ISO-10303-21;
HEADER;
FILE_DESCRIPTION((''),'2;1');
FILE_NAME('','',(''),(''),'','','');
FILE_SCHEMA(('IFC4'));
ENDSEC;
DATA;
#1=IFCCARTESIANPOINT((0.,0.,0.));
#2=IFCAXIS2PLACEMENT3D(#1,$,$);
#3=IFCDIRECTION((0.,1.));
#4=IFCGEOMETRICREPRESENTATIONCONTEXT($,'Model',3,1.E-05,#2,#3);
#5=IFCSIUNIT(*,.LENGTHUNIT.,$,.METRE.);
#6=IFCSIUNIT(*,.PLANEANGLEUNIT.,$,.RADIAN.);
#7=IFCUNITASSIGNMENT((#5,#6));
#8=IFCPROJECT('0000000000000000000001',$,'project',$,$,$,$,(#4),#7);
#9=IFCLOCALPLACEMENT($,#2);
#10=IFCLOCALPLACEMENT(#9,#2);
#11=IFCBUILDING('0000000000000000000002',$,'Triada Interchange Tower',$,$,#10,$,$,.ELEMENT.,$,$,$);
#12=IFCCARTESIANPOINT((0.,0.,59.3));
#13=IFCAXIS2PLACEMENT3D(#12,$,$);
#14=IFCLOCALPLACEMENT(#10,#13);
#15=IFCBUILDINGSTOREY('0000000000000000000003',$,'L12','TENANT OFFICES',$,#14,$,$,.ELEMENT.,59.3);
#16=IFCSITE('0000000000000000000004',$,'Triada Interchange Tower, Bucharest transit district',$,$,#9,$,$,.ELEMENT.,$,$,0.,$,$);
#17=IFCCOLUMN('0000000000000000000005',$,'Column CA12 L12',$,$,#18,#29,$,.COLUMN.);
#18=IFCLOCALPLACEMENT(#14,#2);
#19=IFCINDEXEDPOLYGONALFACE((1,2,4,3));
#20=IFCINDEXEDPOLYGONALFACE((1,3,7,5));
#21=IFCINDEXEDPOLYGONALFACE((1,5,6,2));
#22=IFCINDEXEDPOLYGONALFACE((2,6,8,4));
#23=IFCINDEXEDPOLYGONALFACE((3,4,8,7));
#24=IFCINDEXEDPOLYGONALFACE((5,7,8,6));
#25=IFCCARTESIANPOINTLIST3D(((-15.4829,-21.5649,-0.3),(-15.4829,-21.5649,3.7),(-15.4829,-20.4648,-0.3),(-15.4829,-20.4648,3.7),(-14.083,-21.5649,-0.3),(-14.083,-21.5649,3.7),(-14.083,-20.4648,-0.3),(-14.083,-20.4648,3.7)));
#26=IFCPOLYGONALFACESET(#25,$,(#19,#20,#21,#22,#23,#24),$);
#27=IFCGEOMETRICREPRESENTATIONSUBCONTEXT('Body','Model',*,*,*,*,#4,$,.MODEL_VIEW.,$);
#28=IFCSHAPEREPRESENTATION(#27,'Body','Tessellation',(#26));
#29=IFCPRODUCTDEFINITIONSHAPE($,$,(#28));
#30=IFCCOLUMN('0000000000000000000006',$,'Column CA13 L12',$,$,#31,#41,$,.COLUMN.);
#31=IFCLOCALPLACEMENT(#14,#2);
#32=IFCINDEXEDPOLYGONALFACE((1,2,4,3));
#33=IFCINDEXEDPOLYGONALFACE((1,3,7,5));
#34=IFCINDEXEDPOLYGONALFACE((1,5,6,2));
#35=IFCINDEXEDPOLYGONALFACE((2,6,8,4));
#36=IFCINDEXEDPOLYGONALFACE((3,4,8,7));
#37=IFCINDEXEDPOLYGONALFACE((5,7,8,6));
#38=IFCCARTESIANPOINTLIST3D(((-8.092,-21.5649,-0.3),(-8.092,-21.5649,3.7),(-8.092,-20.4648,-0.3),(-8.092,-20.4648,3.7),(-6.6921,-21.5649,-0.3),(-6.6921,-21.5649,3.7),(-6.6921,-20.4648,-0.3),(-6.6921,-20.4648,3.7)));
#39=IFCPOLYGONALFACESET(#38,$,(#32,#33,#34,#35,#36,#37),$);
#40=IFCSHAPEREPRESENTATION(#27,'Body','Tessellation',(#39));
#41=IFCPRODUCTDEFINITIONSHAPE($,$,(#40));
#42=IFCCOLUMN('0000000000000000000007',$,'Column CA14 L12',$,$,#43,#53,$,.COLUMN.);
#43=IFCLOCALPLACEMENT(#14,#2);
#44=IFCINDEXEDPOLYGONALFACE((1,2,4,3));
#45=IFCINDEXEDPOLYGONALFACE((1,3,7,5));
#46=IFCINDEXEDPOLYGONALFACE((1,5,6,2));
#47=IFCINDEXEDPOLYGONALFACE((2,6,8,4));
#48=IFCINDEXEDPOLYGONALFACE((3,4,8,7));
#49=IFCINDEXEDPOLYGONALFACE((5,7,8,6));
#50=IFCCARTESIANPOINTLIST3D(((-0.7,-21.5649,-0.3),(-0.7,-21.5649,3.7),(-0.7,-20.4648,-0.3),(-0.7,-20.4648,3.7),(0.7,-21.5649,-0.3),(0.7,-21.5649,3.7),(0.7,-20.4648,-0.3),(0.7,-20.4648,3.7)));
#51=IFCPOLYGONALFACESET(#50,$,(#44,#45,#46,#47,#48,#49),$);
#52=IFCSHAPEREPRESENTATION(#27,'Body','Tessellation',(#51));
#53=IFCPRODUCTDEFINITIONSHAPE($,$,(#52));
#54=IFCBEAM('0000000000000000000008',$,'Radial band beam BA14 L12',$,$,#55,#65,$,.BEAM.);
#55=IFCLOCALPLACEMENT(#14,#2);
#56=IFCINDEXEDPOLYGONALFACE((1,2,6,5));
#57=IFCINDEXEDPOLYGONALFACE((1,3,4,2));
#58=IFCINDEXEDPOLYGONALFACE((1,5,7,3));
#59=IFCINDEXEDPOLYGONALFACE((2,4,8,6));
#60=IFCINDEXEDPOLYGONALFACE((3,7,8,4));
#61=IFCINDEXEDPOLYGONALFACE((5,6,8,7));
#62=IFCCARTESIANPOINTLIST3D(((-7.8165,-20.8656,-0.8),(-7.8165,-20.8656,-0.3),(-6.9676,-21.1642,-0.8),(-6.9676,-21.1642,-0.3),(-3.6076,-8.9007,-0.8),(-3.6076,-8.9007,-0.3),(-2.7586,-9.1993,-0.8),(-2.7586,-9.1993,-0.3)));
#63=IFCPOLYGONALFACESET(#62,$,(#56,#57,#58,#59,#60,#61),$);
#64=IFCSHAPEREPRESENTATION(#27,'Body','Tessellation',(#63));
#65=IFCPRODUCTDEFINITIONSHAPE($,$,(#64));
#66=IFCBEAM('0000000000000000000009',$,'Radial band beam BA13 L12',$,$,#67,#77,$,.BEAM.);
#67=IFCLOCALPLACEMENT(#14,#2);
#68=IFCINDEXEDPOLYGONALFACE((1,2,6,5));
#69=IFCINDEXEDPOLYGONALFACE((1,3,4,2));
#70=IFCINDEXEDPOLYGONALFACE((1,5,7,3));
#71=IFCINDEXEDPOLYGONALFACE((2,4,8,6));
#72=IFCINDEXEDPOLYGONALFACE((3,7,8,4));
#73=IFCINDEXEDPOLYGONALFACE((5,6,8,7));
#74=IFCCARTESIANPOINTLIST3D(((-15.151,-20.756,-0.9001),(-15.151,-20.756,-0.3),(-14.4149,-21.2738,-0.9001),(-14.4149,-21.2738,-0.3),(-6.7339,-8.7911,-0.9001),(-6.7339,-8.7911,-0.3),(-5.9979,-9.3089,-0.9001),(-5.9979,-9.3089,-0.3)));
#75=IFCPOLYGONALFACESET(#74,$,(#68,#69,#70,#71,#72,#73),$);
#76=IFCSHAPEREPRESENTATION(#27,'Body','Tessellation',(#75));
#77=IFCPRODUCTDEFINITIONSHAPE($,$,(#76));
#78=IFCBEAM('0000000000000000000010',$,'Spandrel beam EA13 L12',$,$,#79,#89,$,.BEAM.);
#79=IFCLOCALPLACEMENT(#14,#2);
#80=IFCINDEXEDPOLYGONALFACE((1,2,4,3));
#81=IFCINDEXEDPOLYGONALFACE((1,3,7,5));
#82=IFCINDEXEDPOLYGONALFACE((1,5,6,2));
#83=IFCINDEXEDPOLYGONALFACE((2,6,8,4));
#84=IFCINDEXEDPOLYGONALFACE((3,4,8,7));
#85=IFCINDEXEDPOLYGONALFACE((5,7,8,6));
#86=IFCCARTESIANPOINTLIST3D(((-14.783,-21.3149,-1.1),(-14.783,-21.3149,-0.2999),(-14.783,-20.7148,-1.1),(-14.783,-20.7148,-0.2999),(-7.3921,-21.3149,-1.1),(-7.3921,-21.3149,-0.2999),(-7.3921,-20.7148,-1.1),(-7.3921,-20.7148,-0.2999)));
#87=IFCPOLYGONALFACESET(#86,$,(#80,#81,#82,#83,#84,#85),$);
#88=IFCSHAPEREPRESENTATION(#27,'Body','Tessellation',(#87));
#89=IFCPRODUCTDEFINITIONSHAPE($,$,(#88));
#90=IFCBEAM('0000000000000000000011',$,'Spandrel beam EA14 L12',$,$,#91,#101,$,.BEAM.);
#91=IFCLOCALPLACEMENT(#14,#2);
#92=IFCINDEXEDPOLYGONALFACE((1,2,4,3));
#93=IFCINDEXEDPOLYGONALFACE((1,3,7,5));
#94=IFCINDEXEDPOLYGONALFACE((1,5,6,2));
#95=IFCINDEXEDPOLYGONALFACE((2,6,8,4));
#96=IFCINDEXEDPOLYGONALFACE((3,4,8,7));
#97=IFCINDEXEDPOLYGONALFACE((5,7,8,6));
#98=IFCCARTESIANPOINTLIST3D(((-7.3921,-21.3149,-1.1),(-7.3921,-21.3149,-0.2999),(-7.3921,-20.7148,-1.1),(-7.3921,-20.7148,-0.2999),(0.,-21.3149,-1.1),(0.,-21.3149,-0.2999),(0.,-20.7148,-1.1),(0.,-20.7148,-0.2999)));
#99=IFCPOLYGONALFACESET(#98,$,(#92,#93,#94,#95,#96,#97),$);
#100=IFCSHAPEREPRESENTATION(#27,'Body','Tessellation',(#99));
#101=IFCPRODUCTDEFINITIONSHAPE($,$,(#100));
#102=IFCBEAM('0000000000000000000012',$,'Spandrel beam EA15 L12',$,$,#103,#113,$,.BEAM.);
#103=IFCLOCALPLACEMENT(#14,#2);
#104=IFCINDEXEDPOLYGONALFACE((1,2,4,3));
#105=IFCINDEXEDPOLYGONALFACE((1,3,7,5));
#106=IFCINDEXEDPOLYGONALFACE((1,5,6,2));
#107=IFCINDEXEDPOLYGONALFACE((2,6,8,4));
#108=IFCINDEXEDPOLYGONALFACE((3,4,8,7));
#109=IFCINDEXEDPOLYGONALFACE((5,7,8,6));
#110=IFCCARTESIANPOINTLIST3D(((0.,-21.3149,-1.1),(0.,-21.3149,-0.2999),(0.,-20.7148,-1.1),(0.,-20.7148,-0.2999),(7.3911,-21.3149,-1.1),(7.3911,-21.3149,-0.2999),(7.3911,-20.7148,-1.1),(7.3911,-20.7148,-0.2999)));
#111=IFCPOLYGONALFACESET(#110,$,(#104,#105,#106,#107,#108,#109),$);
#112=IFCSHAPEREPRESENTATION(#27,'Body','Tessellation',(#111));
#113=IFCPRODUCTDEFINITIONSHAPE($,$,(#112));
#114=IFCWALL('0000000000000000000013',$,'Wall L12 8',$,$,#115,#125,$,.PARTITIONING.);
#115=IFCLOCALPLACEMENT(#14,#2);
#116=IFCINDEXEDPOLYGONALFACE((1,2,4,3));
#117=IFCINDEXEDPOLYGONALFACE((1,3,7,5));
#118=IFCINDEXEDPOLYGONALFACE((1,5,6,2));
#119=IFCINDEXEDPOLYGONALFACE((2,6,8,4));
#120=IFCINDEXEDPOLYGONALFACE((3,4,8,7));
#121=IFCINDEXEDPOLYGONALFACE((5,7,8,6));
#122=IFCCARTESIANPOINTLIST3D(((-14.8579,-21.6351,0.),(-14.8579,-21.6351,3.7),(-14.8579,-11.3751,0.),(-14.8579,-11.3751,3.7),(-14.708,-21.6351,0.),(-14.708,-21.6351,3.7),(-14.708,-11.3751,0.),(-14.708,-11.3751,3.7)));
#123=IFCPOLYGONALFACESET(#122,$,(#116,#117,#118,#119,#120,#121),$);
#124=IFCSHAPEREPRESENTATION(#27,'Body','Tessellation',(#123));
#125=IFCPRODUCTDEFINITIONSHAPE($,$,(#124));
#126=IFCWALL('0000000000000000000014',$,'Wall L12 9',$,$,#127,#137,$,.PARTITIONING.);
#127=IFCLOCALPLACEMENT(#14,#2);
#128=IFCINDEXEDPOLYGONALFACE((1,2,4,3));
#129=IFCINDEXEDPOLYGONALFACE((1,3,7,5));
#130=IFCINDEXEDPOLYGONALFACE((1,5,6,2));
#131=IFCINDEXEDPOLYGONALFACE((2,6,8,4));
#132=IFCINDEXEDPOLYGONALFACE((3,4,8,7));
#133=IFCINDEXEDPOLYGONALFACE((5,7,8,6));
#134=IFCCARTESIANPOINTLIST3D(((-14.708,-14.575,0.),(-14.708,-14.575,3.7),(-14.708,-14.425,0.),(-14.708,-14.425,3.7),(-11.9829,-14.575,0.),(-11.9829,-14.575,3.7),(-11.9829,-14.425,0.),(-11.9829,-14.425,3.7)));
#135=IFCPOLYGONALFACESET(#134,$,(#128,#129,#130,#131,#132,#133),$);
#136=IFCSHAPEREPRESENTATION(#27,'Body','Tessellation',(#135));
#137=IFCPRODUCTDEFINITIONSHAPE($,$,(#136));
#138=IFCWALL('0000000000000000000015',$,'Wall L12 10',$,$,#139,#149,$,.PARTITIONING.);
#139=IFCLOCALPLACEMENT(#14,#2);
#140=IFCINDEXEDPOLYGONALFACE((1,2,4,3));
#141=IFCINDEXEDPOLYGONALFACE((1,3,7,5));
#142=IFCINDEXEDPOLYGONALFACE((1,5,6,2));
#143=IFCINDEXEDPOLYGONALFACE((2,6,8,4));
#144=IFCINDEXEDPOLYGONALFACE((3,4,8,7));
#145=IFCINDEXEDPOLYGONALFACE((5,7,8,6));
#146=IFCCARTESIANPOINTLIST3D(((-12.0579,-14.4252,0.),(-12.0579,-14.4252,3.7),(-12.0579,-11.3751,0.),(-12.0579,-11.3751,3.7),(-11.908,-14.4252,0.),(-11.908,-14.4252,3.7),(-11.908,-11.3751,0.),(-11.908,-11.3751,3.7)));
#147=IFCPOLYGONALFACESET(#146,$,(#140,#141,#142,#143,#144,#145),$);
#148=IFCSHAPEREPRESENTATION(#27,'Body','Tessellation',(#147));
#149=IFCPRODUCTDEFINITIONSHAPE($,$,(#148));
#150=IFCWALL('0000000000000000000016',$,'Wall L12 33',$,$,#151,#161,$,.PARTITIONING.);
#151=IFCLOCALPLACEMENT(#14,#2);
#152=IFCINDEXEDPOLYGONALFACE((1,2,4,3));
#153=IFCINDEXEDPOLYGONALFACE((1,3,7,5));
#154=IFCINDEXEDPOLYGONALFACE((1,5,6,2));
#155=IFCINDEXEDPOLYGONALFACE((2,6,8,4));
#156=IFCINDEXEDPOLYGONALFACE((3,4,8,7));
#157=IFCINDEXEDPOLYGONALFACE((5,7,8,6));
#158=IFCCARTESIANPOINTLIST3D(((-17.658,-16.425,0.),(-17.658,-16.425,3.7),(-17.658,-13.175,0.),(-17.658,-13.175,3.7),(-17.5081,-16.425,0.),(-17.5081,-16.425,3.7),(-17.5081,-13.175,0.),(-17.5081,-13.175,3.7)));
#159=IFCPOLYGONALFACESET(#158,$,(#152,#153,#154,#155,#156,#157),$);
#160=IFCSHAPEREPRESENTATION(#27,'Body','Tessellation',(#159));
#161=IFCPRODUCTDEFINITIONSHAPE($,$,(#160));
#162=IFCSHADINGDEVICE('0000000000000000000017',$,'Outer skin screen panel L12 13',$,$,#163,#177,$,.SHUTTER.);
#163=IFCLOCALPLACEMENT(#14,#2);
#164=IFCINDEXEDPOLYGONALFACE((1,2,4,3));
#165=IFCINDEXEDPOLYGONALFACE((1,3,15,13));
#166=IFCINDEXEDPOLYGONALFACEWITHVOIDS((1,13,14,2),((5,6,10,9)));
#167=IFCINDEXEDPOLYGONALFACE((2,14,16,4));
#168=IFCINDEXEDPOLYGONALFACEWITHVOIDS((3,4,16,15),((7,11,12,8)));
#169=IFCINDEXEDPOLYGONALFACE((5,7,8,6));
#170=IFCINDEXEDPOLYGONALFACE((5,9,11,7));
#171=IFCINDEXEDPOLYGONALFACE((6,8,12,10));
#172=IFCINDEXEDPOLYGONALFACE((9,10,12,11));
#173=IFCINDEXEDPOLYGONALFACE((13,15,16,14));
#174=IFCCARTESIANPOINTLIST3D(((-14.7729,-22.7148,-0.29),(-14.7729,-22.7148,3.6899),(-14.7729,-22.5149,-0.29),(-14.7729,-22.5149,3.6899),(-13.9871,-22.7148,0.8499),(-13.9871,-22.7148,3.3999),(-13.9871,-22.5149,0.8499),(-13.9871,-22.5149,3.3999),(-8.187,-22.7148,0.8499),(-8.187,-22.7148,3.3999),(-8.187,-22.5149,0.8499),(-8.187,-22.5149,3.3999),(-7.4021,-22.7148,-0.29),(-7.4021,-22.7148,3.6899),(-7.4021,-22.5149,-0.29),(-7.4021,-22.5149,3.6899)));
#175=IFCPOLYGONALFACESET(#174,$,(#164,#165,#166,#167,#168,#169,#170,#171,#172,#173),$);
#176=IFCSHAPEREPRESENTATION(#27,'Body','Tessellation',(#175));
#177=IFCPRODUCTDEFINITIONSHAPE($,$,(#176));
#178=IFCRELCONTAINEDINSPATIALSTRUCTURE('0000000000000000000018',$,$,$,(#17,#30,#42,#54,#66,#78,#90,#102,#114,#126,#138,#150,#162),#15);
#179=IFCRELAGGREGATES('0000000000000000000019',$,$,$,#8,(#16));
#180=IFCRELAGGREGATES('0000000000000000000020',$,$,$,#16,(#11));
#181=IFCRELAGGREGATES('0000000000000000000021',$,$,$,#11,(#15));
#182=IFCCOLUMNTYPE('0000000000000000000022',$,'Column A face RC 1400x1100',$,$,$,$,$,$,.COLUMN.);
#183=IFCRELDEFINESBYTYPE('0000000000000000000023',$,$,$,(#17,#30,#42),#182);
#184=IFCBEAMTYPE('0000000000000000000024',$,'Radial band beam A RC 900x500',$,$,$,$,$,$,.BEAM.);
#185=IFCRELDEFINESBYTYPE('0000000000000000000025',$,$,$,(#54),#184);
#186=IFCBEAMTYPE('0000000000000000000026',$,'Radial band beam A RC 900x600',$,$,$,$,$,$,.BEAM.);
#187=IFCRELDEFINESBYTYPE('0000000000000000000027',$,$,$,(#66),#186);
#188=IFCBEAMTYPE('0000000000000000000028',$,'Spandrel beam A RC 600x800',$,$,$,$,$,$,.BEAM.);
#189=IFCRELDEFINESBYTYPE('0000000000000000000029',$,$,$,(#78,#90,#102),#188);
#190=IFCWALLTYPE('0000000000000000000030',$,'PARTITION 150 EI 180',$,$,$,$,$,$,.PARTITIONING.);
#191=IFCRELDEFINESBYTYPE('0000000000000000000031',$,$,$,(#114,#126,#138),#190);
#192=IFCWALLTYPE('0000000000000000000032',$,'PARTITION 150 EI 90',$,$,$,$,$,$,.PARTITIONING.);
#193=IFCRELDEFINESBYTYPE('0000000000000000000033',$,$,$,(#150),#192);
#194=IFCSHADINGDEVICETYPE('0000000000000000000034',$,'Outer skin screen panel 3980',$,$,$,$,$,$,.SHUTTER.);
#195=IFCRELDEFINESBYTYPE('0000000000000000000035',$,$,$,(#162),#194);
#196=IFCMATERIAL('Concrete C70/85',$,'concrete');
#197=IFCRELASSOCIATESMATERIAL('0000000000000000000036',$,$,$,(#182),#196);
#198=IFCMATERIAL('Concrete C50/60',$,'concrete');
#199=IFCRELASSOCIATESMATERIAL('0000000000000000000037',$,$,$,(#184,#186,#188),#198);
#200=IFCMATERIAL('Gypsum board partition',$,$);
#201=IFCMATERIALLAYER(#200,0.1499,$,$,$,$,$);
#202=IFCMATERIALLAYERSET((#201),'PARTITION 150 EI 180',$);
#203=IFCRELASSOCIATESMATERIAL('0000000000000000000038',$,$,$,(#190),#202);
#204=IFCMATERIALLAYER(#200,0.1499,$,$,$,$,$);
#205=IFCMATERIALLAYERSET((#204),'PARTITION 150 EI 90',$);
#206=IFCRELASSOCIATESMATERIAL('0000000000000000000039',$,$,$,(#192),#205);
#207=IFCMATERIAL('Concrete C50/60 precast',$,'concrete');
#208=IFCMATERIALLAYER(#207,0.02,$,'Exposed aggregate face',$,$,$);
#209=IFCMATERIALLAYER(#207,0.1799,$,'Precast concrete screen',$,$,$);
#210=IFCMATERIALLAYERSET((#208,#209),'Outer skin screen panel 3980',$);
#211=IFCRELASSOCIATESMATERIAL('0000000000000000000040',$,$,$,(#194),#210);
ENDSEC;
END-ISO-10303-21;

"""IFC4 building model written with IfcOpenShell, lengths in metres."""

from ifc_helpers import new_model, si_unit, direction, frame, frame_2d, origin, origin_2d, place, context, subcontext, project, spatial, polyline, rectangle, outline, extrude, material, layer, layer_set, material_profile, profile_set, type_object, element, save


model = new_model("IFC4")

# Units and contexts
model_context = context("Model", 3, precision=1e-05, world=origin(), true_north=direction((0.0, 1.0)))
body_context = subcontext(model_context, "Body", "Model", "MODEL_VIEW")
ifc_project = project(units=[si_unit("LENGTHUNIT", "METRE"), si_unit("PLANEANGLEUNIT", "RADIAN")], contexts=[model_context])

# Site, building, storey
site_placement = place(None, origin())
site = spatial("IfcSite", under=ifc_project, at=site_placement, Name="Triada Interchange Tower, Bucharest transit district", CompositionType="ELEMENT", RefElevation=0.0)
building_placement = place(site_placement, origin())
building = spatial("IfcBuilding", under=site, at=building_placement, Name="Triada Interchange Tower", CompositionType="ELEMENT")
storey_placement = place(building_placement, frame((0.0, 0.0, 59.3)))
storey = spatial("IfcBuildingStorey", under=building, at=storey_placement, Name="L12", Description="TENANT OFFICES", CompositionType="ELEMENT", Elevation=59.3)

# Columns
ifc_material_1 = material(Name="Concrete C70/85", Category="concrete")
ifc_material_profile_1 = material_profile(ifc_material_1, rectangle(XDim=1.3999, YDim=1.1001, at=origin_2d()), Name="RC 1400x1100")
ifc_profile_set_1 = profile_set([ifc_material_profile_1], Name="Concrete C70/85")
column_type = type_object("IfcColumnType", Name="Column A face RC 1400x1100", PredefinedType="COLUMN", material=ifc_profile_set_1)
for number, where, z_axis, x_axis, name in (
    (1, (-14.783, -21.0149, -0.3), (0.0, 0.0, 1.0), (1.0, 0.0, 0.0), "Column CA12 L12"),
    (2, (-7.3921, -21.0149, -0.3), (0.0, 0.0, 1.0), (1.0, 0.0, 0.0), "Column CA13 L12"),
    (3, (0.0, -21.0149, -0.3), (0.0, 0.0, 1.0), (1.0, 0.0, 0.0), "Column CA14 L12"),
):
    element("IfcColumn", number, at=place(storey_placement, frame(where, z_axis=z_axis, x_axis=x_axis)), inside=storey, type_object=column_type, Name=name, PredefinedType="COLUMN", context=body_context, shape_type="SweptSolid", body=[
        extrude(rectangle(XDim=1.3999, YDim=1.1001, at=origin_2d()), origin(), (0.0, 0.0, 1.0), 4.0),
    ])

# Beams
ifc_material_2 = material(Name="Concrete C50/60", Category="concrete")
ifc_material_profile_2 = material_profile(ifc_material_2, rectangle(XDim=0.8999, YDim=0.5, at=origin_2d()), Name="RC 900x500")
ifc_profile_set_2 = profile_set([ifc_material_profile_2], Name="Concrete C50/60")
beam_type_1 = type_object("IfcBeamType", Name="Radial band beam A RC 900x500", PredefinedType="BEAM", material=ifc_profile_set_2)
beam_1_placement = place(storey_placement, frame((-7.3921, -21.0149, -0.55), z_axis=(0.331845, 0.943334, 0.0), x_axis=(-0.943334, 0.331845, 0.0)))
element("IfcBeam", 4, at=beam_1_placement, inside=storey, type_object=beam_type_1, Name="Radial band beam BA14 L12", PredefinedType="BEAM", context=body_context, shape_type="SweptSolid", body=[
    extrude(rectangle(XDim=0.8999, YDim=0.5, at=origin_2d()), origin(), (0.0, 0.0, 1.0), 12.6836),
])
ifc_material_profile_3 = material_profile(ifc_material_2, rectangle(XDim=0.8999, YDim=0.6001, at=origin_2d()), Name="RC 900x600")
ifc_profile_set_3 = profile_set([ifc_material_profile_3], Name="Concrete C50/60")
beam_type_2 = type_object("IfcBeamType", Name="Radial band beam A RC 900x600", PredefinedType="BEAM", material=ifc_profile_set_3)
beam_2_placement = place(storey_placement, frame((-14.783, -21.0149, -0.6001), z_axis=(0.575369, 0.817894, 0.0), x_axis=(-0.817894, 0.575369, 0.0)))
element("IfcBeam", 5, at=beam_2_placement, inside=storey, type_object=beam_type_2, Name="Radial band beam BA13 L12", PredefinedType="BEAM", context=body_context, shape_type="SweptSolid", body=[
    extrude(rectangle(XDim=0.8999, YDim=0.6001, at=origin_2d()), origin(), (0.0, 0.0, 1.0), 14.6289),
])
ifc_material_profile_4 = material_profile(ifc_material_2, rectangle(XDim=0.6001, YDim=0.8, at=origin_2d()), Name="RC 600x800")
ifc_profile_set_4 = profile_set([ifc_material_profile_4], Name="Concrete C50/60")
beam_type_3 = type_object("IfcBeamType", Name="Spandrel beam A RC 600x800", PredefinedType="BEAM", material=ifc_profile_set_4)
beam_3_placement = place(storey_placement, frame((-14.783, -21.0149, -0.7), z_axis=(1.0, 0.0, 0.0), x_axis=(0.0, 1.0, 0.0)))
element("IfcBeam", 6, at=beam_3_placement, inside=storey, type_object=beam_type_3, Name="Spandrel beam EA13 L12", PredefinedType="BEAM", context=body_context, shape_type="SweptSolid", body=[
    extrude(rectangle(XDim=0.6001, YDim=0.8, at=origin_2d()), origin(), (0.0, 0.0, 1.0), 7.3909),
])
beam_4_placement = place(storey_placement, frame((-7.3921, -21.0149, -0.7), z_axis=(1.0, 0.0, 0.0), x_axis=(0.0, 1.0, 0.0)))
element("IfcBeam", 7, at=beam_4_placement, inside=storey, type_object=beam_type_3, Name="Spandrel beam EA14 L12", PredefinedType="BEAM", context=body_context, shape_type="SweptSolid", body=[
    extrude(rectangle(XDim=0.6001, YDim=0.8, at=origin_2d()), origin(), (0.0, 0.0, 1.0), 7.3921),
])
beam_5_placement = place(storey_placement, frame((0.0, -21.0149, -0.7), z_axis=(1.0, 0.0, 0.0), x_axis=(0.0, 1.0, 0.0)))
element("IfcBeam", 8, at=beam_5_placement, inside=storey, type_object=beam_type_3, Name="Spandrel beam EA15 L12", PredefinedType="BEAM", context=body_context, shape_type="SweptSolid", body=[
    extrude(rectangle(XDim=0.6001, YDim=0.8, at=origin_2d()), origin(), (0.0, 0.0, 1.0), 7.3911),
])

# Walls
ifc_material_3 = material(Name="Gypsum board partition")
ifc_layer_1 = layer(ifc_material_3, 0.1499)
ifc_layer_set_1 = layer_set([ifc_layer_1], Name="PARTITION 150 EI 180")
wall_type_1 = type_object("IfcWallType", Name="PARTITION 150 EI 180", PredefinedType="PARTITIONING", material=ifc_layer_set_1)
wall_1_placement = place(storey_placement, frame((-14.783, -21.635, 0.0), z_axis=(0.0, 0.0, 1.0), x_axis=(0.0, 1.0, 0.0)))
element("IfcWall", 9, at=wall_1_placement, inside=storey, type_object=wall_type_1, Name="Wall L12 8", PredefinedType="PARTITIONING", context=body_context, shape_type="SweptSolid", body=[
    extrude(rectangle(XDim=10.26, YDim=0.1499, at=frame_2d((5.1299, 0.0))), origin(), (0.0, 0.0, 1.0), 3.7),
])
wall_2_placement = place(storey_placement, frame((-14.708, -14.5, 0.0), z_axis=(0.0, 0.0, 1.0), x_axis=(1.0, 0.0, 0.0)))
element("IfcWall", 10, at=wall_2_placement, inside=storey, type_object=wall_type_1, Name="Wall L12 9", PredefinedType="PARTITIONING", context=body_context, shape_type="SweptSolid", body=[
    extrude(rectangle(XDim=2.7251, YDim=0.1499, at=frame_2d((1.3625, 0.0))), origin(), (0.0, 0.0, 1.0), 3.7),
])
wall_3_placement = place(storey_placement, frame((-11.9829, -14.425, 0.0), z_axis=(0.0, 0.0, 1.0), x_axis=(0.0, 1.0, 0.0)))
element("IfcWall", 11, at=wall_3_placement, inside=storey, type_object=wall_type_1, Name="Wall L12 10", PredefinedType="PARTITIONING", context=body_context, shape_type="SweptSolid", body=[
    extrude(rectangle(XDim=3.05, YDim=0.1499, at=frame_2d((1.5249, 0.0))), origin(), (0.0, 0.0, 1.0), 3.7),
])
ifc_layer_2 = layer(ifc_material_3, 0.1499)
ifc_layer_set_2 = layer_set([ifc_layer_2], Name="PARTITION 150 EI 90")
wall_type_2 = type_object("IfcWallType", Name="PARTITION 150 EI 90", PredefinedType="PARTITIONING", material=ifc_layer_set_2)
wall_4_placement = place(storey_placement, frame((-17.583, -16.425, 0.0), z_axis=(0.0, 0.0, 1.0), x_axis=(0.0, 1.0, 0.0)))
element("IfcWall", 12, at=wall_4_placement, inside=storey, type_object=wall_type_2, Name="Wall L12 33", PredefinedType="PARTITIONING", context=body_context, shape_type="SweptSolid", body=[
    extrude(rectangle(XDim=3.25, YDim=0.1499, at=frame_2d((1.625, 0.0))), origin(), (0.0, 0.0, 1.0), 3.7),
])

# Shading device
ifc_material_4 = material(Name="Concrete C50/60 precast", Category="concrete")
ifc_layer_3 = layer(ifc_material_4, 0.02, Name="Exposed aggregate face")
ifc_layer_4 = layer(ifc_material_4, 0.1799, Name="Precast concrete screen")
ifc_layer_set_3 = layer_set([ifc_layer_3, ifc_layer_4], Name="Outer skin screen panel 3980")
shading_device_type = type_object("IfcShadingDeviceType", Name="Outer skin screen panel 3980", PredefinedType="SHUTTER", material=ifc_layer_set_3)
shading_device_1_placement = place(storey_placement, frame((-14.7729, -22.5149, -0.29), z_axis=(0.0, 0.0, 1.0), x_axis=(1.0, 0.0, 0.0)))
element("IfcShadingDevice", 13, at=shading_device_1_placement, inside=storey, type_object=shading_device_type, Name="Outer skin screen panel L12 13", PredefinedType="SHUTTER", context=body_context, shape_type="SweptSolid", body=[
    extrude(outline(polyline([(0.0, 0.0), (7.3708, 0.0), (7.3708, 3.98), (0.0, 3.98), (0.0, 0.0)]), holes=[polyline([(0.7859, 1.1399), (0.7859, 3.6899), (6.5859, 3.6899), (6.5859, 1.1399), (0.7859, 1.1399)])]), frame((0.0, 0.0, 0.0), z_axis=(0.0, -1.0, 0.0), x_axis=(1.0, 0.0, 0.0)), (0.0, 0.0, 1.0), 0.2),
])

save(model, "model.ifc")
